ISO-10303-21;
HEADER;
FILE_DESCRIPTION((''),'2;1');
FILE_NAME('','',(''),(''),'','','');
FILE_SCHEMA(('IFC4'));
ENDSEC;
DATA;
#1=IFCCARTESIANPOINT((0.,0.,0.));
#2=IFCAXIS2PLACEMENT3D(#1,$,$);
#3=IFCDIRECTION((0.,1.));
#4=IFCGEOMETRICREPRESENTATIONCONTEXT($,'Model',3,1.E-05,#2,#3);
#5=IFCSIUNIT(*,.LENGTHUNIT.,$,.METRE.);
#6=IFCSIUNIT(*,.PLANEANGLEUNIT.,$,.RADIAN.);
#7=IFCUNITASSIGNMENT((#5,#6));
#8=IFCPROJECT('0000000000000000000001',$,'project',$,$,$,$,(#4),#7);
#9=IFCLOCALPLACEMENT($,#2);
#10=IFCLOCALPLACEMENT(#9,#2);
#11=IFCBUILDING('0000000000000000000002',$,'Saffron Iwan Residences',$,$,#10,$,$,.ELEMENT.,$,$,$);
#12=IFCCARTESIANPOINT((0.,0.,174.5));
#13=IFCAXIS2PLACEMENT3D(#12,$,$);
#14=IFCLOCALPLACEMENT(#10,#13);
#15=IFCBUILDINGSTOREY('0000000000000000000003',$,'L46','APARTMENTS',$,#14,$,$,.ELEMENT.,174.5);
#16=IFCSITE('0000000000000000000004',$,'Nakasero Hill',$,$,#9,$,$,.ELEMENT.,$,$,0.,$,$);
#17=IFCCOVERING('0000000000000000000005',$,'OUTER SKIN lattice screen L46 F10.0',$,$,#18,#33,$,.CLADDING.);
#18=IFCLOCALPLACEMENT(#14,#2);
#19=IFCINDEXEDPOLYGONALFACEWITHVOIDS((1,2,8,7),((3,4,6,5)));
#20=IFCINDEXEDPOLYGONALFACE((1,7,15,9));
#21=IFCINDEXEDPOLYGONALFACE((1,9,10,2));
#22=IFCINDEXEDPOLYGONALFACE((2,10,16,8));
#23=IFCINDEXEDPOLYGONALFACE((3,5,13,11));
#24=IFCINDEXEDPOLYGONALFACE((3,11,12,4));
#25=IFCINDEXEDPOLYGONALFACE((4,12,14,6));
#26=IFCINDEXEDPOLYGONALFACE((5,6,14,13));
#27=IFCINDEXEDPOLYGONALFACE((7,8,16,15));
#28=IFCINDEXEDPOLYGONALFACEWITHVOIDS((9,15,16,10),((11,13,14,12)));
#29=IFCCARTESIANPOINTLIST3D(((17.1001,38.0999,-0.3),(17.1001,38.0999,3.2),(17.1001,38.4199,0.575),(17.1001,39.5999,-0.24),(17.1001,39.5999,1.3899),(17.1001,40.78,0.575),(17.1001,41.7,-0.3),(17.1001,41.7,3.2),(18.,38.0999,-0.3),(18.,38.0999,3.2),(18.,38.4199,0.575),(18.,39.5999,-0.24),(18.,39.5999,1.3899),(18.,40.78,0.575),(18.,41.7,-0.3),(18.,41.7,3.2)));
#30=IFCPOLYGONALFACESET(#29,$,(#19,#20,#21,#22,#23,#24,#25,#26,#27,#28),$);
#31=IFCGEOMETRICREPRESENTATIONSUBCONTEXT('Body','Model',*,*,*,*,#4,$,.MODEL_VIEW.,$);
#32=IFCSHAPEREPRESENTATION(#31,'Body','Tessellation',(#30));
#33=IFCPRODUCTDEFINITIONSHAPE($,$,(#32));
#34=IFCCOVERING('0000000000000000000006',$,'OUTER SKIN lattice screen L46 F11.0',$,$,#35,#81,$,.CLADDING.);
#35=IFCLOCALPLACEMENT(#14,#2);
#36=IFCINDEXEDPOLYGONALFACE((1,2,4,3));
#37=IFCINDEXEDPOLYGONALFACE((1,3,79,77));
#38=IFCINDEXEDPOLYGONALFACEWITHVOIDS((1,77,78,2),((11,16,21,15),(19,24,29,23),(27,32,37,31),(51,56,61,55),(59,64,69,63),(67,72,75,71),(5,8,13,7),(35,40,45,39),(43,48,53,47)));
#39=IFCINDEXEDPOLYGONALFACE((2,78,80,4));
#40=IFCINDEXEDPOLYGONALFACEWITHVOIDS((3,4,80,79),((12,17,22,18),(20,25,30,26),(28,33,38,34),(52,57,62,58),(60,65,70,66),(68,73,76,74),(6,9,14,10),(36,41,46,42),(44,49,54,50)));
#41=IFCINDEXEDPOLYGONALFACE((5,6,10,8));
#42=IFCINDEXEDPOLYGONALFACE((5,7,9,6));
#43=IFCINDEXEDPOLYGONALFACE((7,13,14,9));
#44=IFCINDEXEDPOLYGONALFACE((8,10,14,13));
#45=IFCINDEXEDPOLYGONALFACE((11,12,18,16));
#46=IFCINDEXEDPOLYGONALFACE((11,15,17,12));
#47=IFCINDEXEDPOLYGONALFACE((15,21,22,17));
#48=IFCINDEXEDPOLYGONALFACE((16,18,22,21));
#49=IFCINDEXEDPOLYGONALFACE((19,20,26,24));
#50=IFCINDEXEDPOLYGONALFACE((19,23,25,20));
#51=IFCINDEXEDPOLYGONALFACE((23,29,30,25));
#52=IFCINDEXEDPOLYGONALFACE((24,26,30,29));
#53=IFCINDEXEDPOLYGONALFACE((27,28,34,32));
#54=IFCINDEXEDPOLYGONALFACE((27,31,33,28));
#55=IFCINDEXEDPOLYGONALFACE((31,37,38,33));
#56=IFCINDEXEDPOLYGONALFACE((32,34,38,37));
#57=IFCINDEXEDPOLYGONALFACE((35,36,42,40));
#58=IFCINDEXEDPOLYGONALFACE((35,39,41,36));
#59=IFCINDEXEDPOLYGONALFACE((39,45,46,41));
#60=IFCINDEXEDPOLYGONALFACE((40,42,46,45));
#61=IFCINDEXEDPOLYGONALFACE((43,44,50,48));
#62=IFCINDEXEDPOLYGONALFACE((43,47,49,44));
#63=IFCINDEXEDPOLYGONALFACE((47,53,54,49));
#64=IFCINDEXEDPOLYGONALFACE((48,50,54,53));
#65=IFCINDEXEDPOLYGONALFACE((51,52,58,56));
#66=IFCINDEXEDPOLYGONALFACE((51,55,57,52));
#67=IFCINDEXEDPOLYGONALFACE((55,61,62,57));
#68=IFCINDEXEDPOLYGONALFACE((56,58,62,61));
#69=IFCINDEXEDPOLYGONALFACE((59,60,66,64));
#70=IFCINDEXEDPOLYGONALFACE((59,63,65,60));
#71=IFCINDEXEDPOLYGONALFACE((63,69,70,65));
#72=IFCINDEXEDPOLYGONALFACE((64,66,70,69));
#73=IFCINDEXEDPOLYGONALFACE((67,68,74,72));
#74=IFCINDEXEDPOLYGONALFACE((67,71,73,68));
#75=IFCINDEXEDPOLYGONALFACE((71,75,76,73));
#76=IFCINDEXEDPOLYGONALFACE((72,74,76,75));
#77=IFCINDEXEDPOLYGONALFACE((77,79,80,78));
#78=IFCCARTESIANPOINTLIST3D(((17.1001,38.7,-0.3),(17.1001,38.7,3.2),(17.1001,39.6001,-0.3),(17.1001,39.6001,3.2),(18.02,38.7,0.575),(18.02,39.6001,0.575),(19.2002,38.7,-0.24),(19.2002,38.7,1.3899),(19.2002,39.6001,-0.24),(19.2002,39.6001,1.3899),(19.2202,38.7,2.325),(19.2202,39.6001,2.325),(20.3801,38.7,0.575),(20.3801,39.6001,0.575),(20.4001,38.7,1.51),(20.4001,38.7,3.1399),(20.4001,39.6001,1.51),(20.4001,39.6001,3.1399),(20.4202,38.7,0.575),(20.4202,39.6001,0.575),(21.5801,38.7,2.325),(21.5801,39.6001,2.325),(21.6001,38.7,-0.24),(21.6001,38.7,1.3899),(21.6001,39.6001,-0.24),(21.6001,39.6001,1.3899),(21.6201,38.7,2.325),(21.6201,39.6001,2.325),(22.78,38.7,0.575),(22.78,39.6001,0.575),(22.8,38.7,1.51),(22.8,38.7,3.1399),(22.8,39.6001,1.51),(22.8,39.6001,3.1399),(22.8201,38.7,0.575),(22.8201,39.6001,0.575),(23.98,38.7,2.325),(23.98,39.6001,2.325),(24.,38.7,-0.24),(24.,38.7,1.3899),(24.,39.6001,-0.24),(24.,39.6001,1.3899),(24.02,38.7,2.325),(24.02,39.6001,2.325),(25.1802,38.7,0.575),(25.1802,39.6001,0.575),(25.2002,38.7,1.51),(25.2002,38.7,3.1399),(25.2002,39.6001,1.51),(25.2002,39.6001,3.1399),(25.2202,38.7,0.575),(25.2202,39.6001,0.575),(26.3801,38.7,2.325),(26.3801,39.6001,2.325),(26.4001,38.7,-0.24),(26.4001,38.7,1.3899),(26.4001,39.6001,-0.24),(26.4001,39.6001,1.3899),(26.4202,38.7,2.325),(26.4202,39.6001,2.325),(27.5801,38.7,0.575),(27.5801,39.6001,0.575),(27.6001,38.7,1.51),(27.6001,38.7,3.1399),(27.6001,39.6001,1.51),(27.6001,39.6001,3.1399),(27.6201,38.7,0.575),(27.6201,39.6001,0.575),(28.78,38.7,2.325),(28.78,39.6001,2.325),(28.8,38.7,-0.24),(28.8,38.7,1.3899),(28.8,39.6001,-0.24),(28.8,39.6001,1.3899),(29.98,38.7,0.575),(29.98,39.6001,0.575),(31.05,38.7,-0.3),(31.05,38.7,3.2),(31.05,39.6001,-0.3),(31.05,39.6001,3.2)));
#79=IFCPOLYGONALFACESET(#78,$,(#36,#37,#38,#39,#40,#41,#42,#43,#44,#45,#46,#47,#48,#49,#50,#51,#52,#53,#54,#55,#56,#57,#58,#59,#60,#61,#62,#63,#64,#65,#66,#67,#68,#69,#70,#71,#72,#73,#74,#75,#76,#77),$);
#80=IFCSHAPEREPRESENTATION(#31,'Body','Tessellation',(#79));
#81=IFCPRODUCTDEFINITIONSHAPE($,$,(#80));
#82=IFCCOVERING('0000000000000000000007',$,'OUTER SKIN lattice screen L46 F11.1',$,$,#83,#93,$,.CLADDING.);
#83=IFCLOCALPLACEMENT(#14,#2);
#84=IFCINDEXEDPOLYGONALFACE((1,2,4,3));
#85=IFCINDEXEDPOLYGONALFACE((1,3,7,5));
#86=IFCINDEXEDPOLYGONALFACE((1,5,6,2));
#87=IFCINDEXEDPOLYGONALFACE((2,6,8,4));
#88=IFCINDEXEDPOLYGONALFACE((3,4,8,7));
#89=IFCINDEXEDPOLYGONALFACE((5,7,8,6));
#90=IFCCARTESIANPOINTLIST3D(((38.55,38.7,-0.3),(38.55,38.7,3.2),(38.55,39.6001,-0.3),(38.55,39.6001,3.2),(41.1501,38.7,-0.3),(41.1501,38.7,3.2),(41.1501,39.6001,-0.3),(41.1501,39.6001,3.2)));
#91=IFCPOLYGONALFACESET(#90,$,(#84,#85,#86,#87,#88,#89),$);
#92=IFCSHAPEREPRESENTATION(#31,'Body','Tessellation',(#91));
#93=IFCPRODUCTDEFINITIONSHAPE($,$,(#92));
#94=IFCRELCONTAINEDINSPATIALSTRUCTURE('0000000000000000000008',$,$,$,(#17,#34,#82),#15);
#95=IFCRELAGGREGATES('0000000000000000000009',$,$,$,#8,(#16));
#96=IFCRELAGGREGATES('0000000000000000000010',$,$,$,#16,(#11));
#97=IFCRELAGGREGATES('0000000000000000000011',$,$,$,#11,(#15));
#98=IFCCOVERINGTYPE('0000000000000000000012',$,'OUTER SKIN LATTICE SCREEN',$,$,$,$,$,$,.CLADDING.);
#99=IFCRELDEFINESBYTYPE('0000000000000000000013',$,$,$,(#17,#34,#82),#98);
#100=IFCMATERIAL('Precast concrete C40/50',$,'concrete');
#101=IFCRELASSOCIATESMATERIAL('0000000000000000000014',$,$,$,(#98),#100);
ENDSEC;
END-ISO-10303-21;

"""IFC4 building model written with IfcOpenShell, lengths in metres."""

from ifc_helpers import new_model, si_unit, direction, frame, origin, place, context, subcontext, project, spatial, polyline, outline, extrude, material, type_object, element, save


model = new_model("IFC4")

# Units and contexts
model_context = context("Model", 3, precision=1e-05, world=origin(), true_north=direction((0.0, 1.0)))
body_context = subcontext(model_context, "Body", "Model", "MODEL_VIEW")
ifc_project = project(units=[si_unit("LENGTHUNIT", "METRE"), si_unit("PLANEANGLEUNIT", "RADIAN")], contexts=[model_context])

# Site, building, storey
site_placement = place(None, origin())
site = spatial("IfcSite", under=ifc_project, at=site_placement, Name="Nakasero Hill", CompositionType="ELEMENT", RefElevation=0.0)
building_placement = place(site_placement, origin())
building = spatial("IfcBuilding", under=site, at=building_placement, Name="Saffron Iwan Residences", CompositionType="ELEMENT")
storey_placement = place(building_placement, frame((0.0, 0.0, 174.5)))
storey = spatial("IfcBuildingStorey", under=building, at=storey_placement, Name="L46", Description="APARTMENTS", CompositionType="ELEMENT", Elevation=174.5)

# Coverings
ifc_material_1 = material(Name="Precast concrete C40/50", Category="concrete")
covering_type = type_object("IfcCoveringType", Name="OUTER SKIN LATTICE SCREEN", PredefinedType="CLADDING", material=ifc_material_1)
for number, where, z_axis, x_axis, name in (
    (1, (18.0, 41.7, -0.3), (-1.0, 0.0, 0.0), (0.0, -1.0, 0.0), "OUTER SKIN lattice screen L46 F10.0"),
):
    element("IfcCovering", number, at=place(storey_placement, frame(where, z_axis=z_axis, x_axis=x_axis)), inside=storey, type_object=covering_type, Name=name, PredefinedType="CLADDING", context=body_context, shape_type="SweptSolid", body=[
        extrude(outline(polyline([(0.0, 0.0), (3.6001, 0.0), (3.6001, 3.5), (0.0, 3.5), (0.0, 0.0)]), holes=[polyline([(0.9199, 0.875), (2.1001, 0.0601), (3.28, 0.875), (2.1001, 1.6899), (0.9199, 0.875)])]), origin(), (0.0, 0.0, 1.0), 0.8999),
    ])
covering_1_placement = place(storey_placement, frame((17.1001, 39.6001, -0.3), z_axis=(0.0, -1.0, 0.0), x_axis=(1.0, 0.0, 0.0)))
element("IfcCovering", 2, at=covering_1_placement, inside=storey, type_object=covering_type, Name="OUTER SKIN lattice screen L46 F11.0", PredefinedType="CLADDING", context=body_context, shape_type="SweptSolid", body=[
    extrude(outline(polyline([(0.0, 0.0), (13.95, 0.0), (13.95, 3.5), (0.0, 3.5), (0.0, 0.0)]), holes=[polyline([(0.9199, 0.875), (2.1001, 0.0601), (3.28, 0.875), (2.1001, 1.6899), (0.9199, 0.875)]), polyline([(3.3201, 0.875), (4.5, 0.0601), (5.6799, 0.875), (4.5, 1.6899), (3.3201, 0.875)]), polyline([(5.72, 0.875), (6.8999, 0.0601), (8.0801, 0.875), (6.8999, 1.6899), (5.72, 0.875)]), polyline([(8.1201, 0.875), (9.3, 0.0601), (10.48, 0.875), (9.3, 1.6899), (8.1201, 0.875)]), polyline([(10.52, 0.875), (11.7, 0.0601), (12.8799, 0.875), (11.7, 1.6899), (10.52, 0.875)]), polyline([(2.1201, 2.625), (3.3, 1.8101), (4.48, 2.625), (3.3, 3.4399), (2.1201, 2.625)]), polyline([(4.52, 2.625), (5.7, 1.8101), (6.8799, 2.625), (5.7, 3.4399), (4.52, 2.625)]), polyline([(6.9199, 2.625), (8.1001, 1.8101), (9.28, 2.625), (8.1001, 3.4399), (6.9199, 2.625)]), polyline([(9.3201, 2.625), (10.5, 1.8101), (11.6799, 2.625), (10.5, 3.4399), (9.3201, 2.625)])]), origin(), (0.0, 0.0, 1.0), 0.9001),
])
covering_2_placement = place(storey_placement, frame((38.55, 39.6001, -0.3), z_axis=(0.0, -1.0, 0.0), x_axis=(1.0, 0.0, 0.0)))
element("IfcCovering", 3, at=covering_2_placement, inside=storey, type_object=covering_type, Name="OUTER SKIN lattice screen L46 F11.1", PredefinedType="CLADDING", context=body_context, shape_type="SweptSolid", body=[
    extrude(outline(polyline([(0.0, 0.0), (2.6001, 0.0), (2.6001, 3.5), (0.0, 3.5), (0.0, 0.0)])), origin(), (0.0, 0.0, 1.0), 0.9001),
])

save(model, "model.ifc")
